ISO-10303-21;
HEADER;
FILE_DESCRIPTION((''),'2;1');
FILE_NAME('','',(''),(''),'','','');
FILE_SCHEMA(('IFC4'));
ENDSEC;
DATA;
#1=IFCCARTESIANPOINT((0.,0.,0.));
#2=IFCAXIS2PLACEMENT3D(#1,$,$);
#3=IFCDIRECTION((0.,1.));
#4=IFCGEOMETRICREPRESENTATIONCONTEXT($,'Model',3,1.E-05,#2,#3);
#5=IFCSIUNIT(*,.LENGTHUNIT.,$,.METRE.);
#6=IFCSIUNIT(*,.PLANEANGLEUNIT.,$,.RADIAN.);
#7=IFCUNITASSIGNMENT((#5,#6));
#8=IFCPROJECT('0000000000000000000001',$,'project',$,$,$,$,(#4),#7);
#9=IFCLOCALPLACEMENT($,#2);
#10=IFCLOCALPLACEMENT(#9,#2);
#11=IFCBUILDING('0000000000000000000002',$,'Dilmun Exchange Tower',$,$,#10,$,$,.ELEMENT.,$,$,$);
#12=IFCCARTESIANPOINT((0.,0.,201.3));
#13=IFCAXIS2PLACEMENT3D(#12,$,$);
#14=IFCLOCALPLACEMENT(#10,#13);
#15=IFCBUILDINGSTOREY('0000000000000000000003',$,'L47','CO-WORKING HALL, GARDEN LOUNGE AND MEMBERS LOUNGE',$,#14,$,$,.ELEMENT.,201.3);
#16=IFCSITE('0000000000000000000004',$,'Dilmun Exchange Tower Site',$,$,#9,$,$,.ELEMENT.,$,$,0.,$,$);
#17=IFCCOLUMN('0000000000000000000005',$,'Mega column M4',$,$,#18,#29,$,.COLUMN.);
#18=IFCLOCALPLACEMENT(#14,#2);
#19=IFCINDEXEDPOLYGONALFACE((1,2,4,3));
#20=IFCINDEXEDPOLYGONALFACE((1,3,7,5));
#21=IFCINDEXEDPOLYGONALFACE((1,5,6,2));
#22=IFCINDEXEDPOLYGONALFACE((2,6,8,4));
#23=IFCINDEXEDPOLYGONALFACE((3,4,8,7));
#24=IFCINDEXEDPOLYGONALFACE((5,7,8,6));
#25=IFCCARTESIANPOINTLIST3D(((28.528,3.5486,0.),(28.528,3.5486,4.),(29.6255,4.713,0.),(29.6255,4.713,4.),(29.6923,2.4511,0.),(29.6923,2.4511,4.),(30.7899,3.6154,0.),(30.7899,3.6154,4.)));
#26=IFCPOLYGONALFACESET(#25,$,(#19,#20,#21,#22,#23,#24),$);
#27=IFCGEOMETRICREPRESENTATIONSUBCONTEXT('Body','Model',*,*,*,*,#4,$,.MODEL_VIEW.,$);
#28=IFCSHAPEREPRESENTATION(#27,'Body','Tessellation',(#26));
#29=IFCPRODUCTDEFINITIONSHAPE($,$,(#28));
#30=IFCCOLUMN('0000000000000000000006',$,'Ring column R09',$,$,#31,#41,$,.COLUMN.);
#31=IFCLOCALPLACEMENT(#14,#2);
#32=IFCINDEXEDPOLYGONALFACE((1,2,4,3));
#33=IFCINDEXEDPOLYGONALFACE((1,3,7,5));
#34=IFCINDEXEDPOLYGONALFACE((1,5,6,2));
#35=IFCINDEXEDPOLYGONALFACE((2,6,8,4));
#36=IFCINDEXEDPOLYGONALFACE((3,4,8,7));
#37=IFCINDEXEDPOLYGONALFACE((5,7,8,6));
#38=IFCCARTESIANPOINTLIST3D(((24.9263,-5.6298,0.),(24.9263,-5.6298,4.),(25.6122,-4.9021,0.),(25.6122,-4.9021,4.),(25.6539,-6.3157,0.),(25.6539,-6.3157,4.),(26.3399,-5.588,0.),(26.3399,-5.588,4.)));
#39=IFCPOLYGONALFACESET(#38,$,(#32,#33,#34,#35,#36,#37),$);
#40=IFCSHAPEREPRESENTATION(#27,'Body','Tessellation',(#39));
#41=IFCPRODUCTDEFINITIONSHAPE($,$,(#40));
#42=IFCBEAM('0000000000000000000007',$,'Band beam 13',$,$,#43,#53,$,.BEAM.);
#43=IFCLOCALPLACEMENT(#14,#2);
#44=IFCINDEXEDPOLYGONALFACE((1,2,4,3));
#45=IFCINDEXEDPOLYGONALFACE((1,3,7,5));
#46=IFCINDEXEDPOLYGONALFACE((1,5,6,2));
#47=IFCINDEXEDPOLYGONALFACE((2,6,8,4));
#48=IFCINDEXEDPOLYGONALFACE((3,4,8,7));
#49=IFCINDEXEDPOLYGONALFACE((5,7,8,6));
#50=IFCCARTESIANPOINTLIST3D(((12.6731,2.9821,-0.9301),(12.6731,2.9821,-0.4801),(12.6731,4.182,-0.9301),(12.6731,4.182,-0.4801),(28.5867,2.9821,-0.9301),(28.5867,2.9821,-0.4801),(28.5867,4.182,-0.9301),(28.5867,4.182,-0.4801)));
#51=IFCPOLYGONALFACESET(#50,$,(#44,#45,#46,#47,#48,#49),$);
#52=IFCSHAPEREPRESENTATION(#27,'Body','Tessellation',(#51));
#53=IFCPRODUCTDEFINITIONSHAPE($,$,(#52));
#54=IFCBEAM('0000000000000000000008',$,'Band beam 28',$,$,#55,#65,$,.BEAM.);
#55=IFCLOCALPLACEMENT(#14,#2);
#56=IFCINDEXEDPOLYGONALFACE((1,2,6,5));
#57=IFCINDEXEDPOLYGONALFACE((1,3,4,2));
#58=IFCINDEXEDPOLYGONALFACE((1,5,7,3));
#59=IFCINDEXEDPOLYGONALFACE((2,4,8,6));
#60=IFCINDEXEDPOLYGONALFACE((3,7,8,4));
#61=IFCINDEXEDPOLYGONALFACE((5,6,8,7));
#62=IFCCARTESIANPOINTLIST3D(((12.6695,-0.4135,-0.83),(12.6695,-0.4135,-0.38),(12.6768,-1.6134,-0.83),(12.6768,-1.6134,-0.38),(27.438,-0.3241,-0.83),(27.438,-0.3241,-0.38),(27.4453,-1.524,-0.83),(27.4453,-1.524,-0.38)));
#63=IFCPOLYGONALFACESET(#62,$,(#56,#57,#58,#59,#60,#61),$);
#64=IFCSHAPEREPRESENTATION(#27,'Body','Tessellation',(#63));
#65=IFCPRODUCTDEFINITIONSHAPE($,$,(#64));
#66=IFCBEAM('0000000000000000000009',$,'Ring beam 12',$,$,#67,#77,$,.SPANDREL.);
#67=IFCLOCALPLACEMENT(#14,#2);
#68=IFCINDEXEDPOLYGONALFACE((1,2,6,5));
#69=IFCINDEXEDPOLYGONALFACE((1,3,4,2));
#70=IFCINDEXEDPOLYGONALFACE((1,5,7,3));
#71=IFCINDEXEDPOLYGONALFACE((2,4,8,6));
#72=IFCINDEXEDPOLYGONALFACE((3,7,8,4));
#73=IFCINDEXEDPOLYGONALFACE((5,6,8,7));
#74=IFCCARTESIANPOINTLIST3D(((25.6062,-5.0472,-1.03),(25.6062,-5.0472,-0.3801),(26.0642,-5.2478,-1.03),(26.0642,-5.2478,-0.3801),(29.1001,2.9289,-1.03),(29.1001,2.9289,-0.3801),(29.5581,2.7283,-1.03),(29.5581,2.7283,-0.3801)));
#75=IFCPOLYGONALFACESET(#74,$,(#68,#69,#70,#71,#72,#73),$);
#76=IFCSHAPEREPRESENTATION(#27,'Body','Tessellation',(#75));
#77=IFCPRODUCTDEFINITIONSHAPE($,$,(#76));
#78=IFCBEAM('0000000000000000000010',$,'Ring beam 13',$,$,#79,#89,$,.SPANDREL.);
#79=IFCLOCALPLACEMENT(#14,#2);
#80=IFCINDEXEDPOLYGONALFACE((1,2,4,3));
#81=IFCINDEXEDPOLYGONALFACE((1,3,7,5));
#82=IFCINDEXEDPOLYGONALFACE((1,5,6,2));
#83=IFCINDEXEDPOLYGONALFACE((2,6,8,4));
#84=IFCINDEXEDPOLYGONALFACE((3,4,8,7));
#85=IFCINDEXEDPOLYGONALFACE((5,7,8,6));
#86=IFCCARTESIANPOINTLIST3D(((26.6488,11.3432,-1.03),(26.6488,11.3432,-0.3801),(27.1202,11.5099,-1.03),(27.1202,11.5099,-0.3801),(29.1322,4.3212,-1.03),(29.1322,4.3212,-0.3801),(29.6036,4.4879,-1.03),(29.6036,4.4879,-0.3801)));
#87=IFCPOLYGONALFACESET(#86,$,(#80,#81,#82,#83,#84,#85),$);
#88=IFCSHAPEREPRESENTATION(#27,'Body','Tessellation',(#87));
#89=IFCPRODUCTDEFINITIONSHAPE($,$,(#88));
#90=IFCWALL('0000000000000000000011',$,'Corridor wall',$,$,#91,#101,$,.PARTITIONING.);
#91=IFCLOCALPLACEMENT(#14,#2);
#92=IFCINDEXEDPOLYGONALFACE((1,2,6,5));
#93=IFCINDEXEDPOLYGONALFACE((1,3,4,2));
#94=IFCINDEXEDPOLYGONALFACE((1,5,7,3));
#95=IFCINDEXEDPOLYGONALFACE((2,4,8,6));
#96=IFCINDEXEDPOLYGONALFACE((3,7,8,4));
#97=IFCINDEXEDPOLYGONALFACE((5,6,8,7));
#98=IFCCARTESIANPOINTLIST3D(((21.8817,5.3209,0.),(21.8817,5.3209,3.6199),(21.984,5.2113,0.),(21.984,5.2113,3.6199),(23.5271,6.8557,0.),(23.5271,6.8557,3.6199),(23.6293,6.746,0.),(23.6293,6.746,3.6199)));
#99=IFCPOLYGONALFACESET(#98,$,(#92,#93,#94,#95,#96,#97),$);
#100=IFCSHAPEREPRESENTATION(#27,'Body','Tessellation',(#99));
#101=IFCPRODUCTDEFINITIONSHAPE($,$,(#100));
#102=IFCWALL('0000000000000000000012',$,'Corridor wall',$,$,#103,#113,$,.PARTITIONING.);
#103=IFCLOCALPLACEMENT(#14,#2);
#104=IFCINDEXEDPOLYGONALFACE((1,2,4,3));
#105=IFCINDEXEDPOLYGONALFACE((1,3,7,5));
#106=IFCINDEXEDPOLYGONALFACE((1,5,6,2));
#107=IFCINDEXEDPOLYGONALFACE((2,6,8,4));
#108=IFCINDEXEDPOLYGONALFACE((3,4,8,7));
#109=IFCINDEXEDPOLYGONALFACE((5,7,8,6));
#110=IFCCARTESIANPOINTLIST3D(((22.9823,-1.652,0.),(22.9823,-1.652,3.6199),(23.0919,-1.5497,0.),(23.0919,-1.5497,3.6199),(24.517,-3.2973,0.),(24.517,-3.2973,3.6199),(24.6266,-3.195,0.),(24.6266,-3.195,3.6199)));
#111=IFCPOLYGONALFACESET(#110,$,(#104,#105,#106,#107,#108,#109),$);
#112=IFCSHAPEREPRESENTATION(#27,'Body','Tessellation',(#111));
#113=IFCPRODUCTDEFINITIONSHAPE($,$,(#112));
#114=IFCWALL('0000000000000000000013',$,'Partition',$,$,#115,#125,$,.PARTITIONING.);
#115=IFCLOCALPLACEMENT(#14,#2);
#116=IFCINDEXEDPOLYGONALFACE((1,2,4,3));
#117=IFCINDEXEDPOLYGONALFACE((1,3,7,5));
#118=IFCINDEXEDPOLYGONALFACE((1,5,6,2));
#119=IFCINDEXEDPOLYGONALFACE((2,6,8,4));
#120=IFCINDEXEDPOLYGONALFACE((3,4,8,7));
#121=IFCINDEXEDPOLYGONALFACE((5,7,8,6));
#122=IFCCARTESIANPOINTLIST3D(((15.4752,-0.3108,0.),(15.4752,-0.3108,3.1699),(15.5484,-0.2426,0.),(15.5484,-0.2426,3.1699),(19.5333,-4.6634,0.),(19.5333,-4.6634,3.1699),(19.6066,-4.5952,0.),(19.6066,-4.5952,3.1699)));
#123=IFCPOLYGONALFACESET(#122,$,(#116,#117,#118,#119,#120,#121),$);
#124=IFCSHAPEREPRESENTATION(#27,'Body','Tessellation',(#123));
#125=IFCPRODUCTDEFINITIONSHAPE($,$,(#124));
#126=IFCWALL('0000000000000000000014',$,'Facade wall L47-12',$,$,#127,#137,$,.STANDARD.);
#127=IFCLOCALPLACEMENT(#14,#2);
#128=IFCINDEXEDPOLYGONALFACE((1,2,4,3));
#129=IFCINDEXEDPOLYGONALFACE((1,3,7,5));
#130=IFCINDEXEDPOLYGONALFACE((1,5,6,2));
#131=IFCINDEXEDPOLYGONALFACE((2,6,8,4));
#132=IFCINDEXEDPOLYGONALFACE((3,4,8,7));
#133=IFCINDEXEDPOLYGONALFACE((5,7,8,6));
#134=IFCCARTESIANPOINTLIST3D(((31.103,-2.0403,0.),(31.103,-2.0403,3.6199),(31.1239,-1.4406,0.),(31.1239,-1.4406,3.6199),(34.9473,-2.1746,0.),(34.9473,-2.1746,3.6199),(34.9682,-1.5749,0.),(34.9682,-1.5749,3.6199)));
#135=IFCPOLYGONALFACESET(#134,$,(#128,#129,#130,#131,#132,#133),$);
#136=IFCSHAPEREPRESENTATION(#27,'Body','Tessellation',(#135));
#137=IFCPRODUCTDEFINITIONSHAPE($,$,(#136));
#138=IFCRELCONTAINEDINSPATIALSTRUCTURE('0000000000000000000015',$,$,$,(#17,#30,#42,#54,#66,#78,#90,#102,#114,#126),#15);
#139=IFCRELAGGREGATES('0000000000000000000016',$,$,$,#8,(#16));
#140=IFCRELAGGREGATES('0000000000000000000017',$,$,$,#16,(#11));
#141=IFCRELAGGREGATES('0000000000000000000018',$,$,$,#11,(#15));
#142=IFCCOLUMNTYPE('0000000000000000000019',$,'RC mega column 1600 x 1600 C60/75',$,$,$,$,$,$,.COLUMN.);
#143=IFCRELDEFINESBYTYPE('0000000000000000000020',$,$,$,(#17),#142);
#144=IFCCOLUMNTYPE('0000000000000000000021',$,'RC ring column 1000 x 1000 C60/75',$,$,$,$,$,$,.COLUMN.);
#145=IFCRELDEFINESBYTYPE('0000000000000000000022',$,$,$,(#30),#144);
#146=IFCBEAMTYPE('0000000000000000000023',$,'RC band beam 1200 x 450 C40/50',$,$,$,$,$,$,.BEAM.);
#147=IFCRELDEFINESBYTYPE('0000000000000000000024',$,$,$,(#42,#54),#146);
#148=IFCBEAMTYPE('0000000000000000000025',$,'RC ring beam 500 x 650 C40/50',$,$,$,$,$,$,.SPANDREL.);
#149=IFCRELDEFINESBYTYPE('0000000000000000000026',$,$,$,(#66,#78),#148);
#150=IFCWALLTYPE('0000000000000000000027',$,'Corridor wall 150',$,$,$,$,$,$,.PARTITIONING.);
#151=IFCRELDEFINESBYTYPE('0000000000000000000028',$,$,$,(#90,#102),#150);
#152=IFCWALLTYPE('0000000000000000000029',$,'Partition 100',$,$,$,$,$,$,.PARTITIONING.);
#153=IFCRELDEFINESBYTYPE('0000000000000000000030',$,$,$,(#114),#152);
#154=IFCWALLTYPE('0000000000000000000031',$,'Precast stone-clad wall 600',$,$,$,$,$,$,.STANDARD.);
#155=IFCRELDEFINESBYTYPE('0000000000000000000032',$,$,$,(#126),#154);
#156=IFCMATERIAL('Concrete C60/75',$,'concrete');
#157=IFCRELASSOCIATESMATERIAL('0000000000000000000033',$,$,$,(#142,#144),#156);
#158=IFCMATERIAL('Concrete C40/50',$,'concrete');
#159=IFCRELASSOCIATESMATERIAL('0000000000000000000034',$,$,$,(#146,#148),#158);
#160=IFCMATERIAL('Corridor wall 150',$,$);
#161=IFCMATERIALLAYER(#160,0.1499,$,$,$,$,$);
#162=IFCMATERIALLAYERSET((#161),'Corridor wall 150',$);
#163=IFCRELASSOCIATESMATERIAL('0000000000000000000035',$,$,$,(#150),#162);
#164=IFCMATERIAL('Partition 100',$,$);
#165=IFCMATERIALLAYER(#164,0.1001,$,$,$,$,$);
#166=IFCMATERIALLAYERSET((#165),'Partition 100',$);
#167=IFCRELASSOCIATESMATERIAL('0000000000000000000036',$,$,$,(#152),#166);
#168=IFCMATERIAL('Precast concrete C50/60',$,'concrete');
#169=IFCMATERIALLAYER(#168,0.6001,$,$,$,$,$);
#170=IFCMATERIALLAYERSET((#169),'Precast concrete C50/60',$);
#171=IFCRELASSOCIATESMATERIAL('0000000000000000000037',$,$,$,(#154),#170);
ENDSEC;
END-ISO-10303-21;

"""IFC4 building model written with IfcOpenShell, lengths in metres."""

from ifc_helpers import new_model, si_unit, direction, frame, frame_2d, origin, origin_2d, place, context, subcontext, project, spatial, rectangle, extrude, material, layer, layer_set, material_profile, profile_set, type_object, element, save


model = new_model("IFC4")

# Units and contexts
model_context = context("Model", 3, precision=1e-05, world=origin(), true_north=direction((0.0, 1.0)))
body_context = subcontext(model_context, "Body", "Model", "MODEL_VIEW")
ifc_project = project(units=[si_unit("LENGTHUNIT", "METRE"), si_unit("PLANEANGLEUNIT", "RADIAN")], contexts=[model_context])

# Site, building, storey
site_placement = place(None, origin())
site = spatial("IfcSite", under=ifc_project, at=site_placement, Name="Dilmun Exchange Tower Site", CompositionType="ELEMENT", RefElevation=0.0)
building_placement = place(site_placement, origin())
building = spatial("IfcBuilding", under=site, at=building_placement, Name="Dilmun Exchange Tower", CompositionType="ELEMENT")
storey_placement = place(building_placement, frame((0.0, 0.0, 201.3)))
storey = spatial("IfcBuildingStorey", under=building, at=storey_placement, Name="L47", Description="CO-WORKING HALL, GARDEN LOUNGE AND MEMBERS LOUNGE", CompositionType="ELEMENT", Elevation=201.3)

# Columns
ifc_material_1 = material(Name="Concrete C60/75", Category="concrete")
ifc_material_profile_1 = material_profile(ifc_material_1, rectangle(XDim=1.6001, YDim=1.6001, at=origin_2d()), Name="1600 x 1600")
ifc_profile_set_1 = profile_set([ifc_material_profile_1], Name="Concrete C60/75")
column_type_1 = type_object("IfcColumnType", Name="RC mega column 1600 x 1600 C60/75", PredefinedType="COLUMN", material=ifc_profile_set_1)
column_1_placement = place(storey_placement, frame((29.6589, 3.582, 0.0), z_axis=(0.0, 0.0, 1.0), x_axis=(0.685916, 0.727681, 0.0)))
element("IfcColumn", 1, at=column_1_placement, inside=storey, type_object=column_type_1, Name="Mega column M4", PredefinedType="COLUMN", context=body_context, shape_type="SweptSolid", body=[
    extrude(rectangle(XDim=1.6001, YDim=1.6001, at=origin_2d()), origin(), (0.0, 0.0, 1.0), 4.0),
])
ifc_material_profile_2 = material_profile(ifc_material_1, rectangle(XDim=1.0, YDim=1.0, at=origin_2d()), Name="1000 x 1000")
ifc_profile_set_2 = profile_set([ifc_material_profile_2], Name="Concrete C60/75")
column_type_2 = type_object("IfcColumnType", Name="RC ring column 1000 x 1000 C60/75", PredefinedType="COLUMN", material=ifc_profile_set_2)
column_2_placement = place(storey_placement, frame((25.6331, -5.6089, 0.0), z_axis=(0.0, 0.0, 1.0), x_axis=(0.685916, 0.727681, 0.0)))
element("IfcColumn", 2, at=column_2_placement, inside=storey, type_object=column_type_2, Name="Ring column R09", PredefinedType="COLUMN", context=body_context, shape_type="SweptSolid", body=[
    extrude(rectangle(XDim=1.0, YDim=1.0, at=origin_2d()), origin(), (0.0, 0.0, 1.0), 4.0),
])

# Beams
ifc_material_2 = material(Name="Concrete C40/50", Category="concrete")
ifc_material_profile_3 = material_profile(ifc_material_2, rectangle(XDim=1.2, YDim=0.45, at=origin_2d()), Name="1200 x 450")
ifc_profile_set_3 = profile_set([ifc_material_profile_3], Name="Concrete C40/50")
beam_type_1 = type_object("IfcBeamType", Name="RC band beam 1200 x 450 C40/50", PredefinedType="BEAM", material=ifc_profile_set_3)
beam_1_placement = place(storey_placement, frame((28.5867, 3.582, -0.7051), z_axis=(-1.0, 0.0, 0.0), x_axis=(0.0, -1.0, 0.0)))
element("IfcBeam", 3, at=beam_1_placement, inside=storey, type_object=beam_type_1, Name="Band beam 13", PredefinedType="BEAM", context=body_context, shape_type="SweptSolid", body=[
    extrude(rectangle(XDim=1.2, YDim=0.45, at=origin_2d()), origin(), (0.0, 0.0, 1.0), 15.9136),
])
beam_2_placement = place(storey_placement, frame((27.4417, -0.9241, -0.605), z_axis=(-0.999982, -0.00605, 0.0), x_axis=(0.00605, -0.999982, 0.0)))
element("IfcBeam", 4, at=beam_2_placement, inside=storey, type_object=beam_type_1, Name="Band beam 28", PredefinedType="BEAM", context=body_context, shape_type="SweptSolid", body=[
    extrude(rectangle(XDim=1.2, YDim=0.45, at=origin_2d()), origin(), (0.0, 0.0, 1.0), 14.7688),
])
ifc_material_profile_4 = material_profile(ifc_material_2, rectangle(XDim=0.5, YDim=0.6499, at=origin_2d()), Name="500 x 650")
ifc_profile_set_4 = profile_set([ifc_material_profile_4], Name="Concrete C40/50")
beam_type_2 = type_object("IfcBeamType", Name="RC ring beam 500 x 650 C40/50", PredefinedType="SPANDREL", material=ifc_profile_set_4)
beam_3_placement = place(storey_placement, frame((25.8352, -5.1475, -0.7051), z_axis=(0.401239, 0.915973, 0.0), x_axis=(-0.915973, 0.401239, 0.0)))
element("IfcBeam", 5, at=beam_3_placement, inside=storey, type_object=beam_type_2, Name="Ring beam 12", PredefinedType="SPANDREL", context=body_context, shape_type="SweptSolid", body=[
    extrude(rectangle(XDim=0.5, YDim=0.6499, at=origin_2d()), origin(), (0.0, 0.0, 1.0), 8.7078),
])
beam_4_placement = place(storey_placement, frame((29.3679, 4.4045, -0.7051), z_axis=(-0.333424, 0.942777, 0.0), x_axis=(-0.942777, -0.333424, 0.0)))
element("IfcBeam", 6, at=beam_4_placement, inside=storey, type_object=beam_type_2, Name="Ring beam 13", PredefinedType="SPANDREL", context=body_context, shape_type="SweptSolid", body=[
    extrude(rectangle(XDim=0.5, YDim=0.6499, at=origin_2d()), origin(), (0.0, 0.0, 1.0), 7.4482),
])

# Walls
ifc_material_3 = material(Name="Corridor wall 150")
ifc_layer_1 = layer(ifc_material_3, 0.1499)
ifc_layer_set_1 = layer_set([ifc_layer_1], Name="Corridor wall 150")
wall_type_1 = type_object("IfcWallType", Name="Corridor wall 150", PredefinedType="PARTITIONING", material=ifc_layer_set_1)
for number, where, z_axis, x_axis, name in (
    (7, (21.9329, 5.2661, 0.0), (0.0, 0.0, 1.0), (0.731257, 0.682102, 0.0), "Corridor wall"),
    (8, (23.0371, -1.6008, 0.0), (0.0, 0.0, 1.0), (0.682102, -0.731257, 0.0), "Corridor wall"),
):
    element("IfcWall", number, at=place(storey_placement, frame(where, z_axis=z_axis, x_axis=x_axis)), inside=storey, type_object=wall_type_1, Name=name, PredefinedType="PARTITIONING", context=body_context, shape_type="SweptSolid", body=[
        extrude(rectangle(XDim=2.25, YDim=0.1499, at=frame_2d((1.125, 0.0))), origin(), (0.0, 0.0, 1.0), 3.6199),
    ])
ifc_material_4 = material(Name="Partition 100")
ifc_layer_2 = layer(ifc_material_4, 0.1001)
ifc_layer_set_2 = layer_set([ifc_layer_2], Name="Partition 100")
wall_type_2 = type_object("IfcWallType", Name="Partition 100", PredefinedType="PARTITIONING", material=ifc_layer_set_2)
wall_1_placement = place(storey_placement, frame((15.5117, -0.2766, 0.0), z_axis=(0.0, 0.0, 1.0), x_axis=(0.681935, -0.731413, 0.0)))
element("IfcWall", 9, at=wall_1_placement, inside=storey, type_object=wall_type_2, Name="Partition", PredefinedType="PARTITIONING", context=body_context, shape_type="SweptSolid", body=[
    extrude(rectangle(XDim=5.9509, YDim=0.1001, at=frame_2d((2.9756, 0.0))), origin(), (0.0, 0.0, 1.0), 3.1699),
])
ifc_material_5 = material(Name="Precast concrete C50/60", Category="concrete")
ifc_layer_3 = layer(ifc_material_5, 0.6001)
ifc_layer_set_3 = layer_set([ifc_layer_3], Name="Precast concrete C50/60")
wall_type_3 = type_object("IfcWallType", Name="Precast stone-clad wall 600", PredefinedType="STANDARD", material=ifc_layer_set_3)
wall_2_placement = place(storey_placement, frame((34.9578, -1.8748, 0.0), z_axis=(0.0, 0.0, 1.0), x_axis=(-0.999391, 0.034908, 0.0)))
element("IfcWall", 10, at=wall_2_placement, inside=storey, type_object=wall_type_3, Name="Facade wall L47-12", PredefinedType="STANDARD", context=body_context, shape_type="SweptSolid", body=[
    extrude(rectangle(XDim=3.8467, YDim=0.6001, at=frame_2d((1.9233, 0.0))), origin(), (0.0, 0.0, 1.0), 3.6199),
])

save(model, "model.ifc")
